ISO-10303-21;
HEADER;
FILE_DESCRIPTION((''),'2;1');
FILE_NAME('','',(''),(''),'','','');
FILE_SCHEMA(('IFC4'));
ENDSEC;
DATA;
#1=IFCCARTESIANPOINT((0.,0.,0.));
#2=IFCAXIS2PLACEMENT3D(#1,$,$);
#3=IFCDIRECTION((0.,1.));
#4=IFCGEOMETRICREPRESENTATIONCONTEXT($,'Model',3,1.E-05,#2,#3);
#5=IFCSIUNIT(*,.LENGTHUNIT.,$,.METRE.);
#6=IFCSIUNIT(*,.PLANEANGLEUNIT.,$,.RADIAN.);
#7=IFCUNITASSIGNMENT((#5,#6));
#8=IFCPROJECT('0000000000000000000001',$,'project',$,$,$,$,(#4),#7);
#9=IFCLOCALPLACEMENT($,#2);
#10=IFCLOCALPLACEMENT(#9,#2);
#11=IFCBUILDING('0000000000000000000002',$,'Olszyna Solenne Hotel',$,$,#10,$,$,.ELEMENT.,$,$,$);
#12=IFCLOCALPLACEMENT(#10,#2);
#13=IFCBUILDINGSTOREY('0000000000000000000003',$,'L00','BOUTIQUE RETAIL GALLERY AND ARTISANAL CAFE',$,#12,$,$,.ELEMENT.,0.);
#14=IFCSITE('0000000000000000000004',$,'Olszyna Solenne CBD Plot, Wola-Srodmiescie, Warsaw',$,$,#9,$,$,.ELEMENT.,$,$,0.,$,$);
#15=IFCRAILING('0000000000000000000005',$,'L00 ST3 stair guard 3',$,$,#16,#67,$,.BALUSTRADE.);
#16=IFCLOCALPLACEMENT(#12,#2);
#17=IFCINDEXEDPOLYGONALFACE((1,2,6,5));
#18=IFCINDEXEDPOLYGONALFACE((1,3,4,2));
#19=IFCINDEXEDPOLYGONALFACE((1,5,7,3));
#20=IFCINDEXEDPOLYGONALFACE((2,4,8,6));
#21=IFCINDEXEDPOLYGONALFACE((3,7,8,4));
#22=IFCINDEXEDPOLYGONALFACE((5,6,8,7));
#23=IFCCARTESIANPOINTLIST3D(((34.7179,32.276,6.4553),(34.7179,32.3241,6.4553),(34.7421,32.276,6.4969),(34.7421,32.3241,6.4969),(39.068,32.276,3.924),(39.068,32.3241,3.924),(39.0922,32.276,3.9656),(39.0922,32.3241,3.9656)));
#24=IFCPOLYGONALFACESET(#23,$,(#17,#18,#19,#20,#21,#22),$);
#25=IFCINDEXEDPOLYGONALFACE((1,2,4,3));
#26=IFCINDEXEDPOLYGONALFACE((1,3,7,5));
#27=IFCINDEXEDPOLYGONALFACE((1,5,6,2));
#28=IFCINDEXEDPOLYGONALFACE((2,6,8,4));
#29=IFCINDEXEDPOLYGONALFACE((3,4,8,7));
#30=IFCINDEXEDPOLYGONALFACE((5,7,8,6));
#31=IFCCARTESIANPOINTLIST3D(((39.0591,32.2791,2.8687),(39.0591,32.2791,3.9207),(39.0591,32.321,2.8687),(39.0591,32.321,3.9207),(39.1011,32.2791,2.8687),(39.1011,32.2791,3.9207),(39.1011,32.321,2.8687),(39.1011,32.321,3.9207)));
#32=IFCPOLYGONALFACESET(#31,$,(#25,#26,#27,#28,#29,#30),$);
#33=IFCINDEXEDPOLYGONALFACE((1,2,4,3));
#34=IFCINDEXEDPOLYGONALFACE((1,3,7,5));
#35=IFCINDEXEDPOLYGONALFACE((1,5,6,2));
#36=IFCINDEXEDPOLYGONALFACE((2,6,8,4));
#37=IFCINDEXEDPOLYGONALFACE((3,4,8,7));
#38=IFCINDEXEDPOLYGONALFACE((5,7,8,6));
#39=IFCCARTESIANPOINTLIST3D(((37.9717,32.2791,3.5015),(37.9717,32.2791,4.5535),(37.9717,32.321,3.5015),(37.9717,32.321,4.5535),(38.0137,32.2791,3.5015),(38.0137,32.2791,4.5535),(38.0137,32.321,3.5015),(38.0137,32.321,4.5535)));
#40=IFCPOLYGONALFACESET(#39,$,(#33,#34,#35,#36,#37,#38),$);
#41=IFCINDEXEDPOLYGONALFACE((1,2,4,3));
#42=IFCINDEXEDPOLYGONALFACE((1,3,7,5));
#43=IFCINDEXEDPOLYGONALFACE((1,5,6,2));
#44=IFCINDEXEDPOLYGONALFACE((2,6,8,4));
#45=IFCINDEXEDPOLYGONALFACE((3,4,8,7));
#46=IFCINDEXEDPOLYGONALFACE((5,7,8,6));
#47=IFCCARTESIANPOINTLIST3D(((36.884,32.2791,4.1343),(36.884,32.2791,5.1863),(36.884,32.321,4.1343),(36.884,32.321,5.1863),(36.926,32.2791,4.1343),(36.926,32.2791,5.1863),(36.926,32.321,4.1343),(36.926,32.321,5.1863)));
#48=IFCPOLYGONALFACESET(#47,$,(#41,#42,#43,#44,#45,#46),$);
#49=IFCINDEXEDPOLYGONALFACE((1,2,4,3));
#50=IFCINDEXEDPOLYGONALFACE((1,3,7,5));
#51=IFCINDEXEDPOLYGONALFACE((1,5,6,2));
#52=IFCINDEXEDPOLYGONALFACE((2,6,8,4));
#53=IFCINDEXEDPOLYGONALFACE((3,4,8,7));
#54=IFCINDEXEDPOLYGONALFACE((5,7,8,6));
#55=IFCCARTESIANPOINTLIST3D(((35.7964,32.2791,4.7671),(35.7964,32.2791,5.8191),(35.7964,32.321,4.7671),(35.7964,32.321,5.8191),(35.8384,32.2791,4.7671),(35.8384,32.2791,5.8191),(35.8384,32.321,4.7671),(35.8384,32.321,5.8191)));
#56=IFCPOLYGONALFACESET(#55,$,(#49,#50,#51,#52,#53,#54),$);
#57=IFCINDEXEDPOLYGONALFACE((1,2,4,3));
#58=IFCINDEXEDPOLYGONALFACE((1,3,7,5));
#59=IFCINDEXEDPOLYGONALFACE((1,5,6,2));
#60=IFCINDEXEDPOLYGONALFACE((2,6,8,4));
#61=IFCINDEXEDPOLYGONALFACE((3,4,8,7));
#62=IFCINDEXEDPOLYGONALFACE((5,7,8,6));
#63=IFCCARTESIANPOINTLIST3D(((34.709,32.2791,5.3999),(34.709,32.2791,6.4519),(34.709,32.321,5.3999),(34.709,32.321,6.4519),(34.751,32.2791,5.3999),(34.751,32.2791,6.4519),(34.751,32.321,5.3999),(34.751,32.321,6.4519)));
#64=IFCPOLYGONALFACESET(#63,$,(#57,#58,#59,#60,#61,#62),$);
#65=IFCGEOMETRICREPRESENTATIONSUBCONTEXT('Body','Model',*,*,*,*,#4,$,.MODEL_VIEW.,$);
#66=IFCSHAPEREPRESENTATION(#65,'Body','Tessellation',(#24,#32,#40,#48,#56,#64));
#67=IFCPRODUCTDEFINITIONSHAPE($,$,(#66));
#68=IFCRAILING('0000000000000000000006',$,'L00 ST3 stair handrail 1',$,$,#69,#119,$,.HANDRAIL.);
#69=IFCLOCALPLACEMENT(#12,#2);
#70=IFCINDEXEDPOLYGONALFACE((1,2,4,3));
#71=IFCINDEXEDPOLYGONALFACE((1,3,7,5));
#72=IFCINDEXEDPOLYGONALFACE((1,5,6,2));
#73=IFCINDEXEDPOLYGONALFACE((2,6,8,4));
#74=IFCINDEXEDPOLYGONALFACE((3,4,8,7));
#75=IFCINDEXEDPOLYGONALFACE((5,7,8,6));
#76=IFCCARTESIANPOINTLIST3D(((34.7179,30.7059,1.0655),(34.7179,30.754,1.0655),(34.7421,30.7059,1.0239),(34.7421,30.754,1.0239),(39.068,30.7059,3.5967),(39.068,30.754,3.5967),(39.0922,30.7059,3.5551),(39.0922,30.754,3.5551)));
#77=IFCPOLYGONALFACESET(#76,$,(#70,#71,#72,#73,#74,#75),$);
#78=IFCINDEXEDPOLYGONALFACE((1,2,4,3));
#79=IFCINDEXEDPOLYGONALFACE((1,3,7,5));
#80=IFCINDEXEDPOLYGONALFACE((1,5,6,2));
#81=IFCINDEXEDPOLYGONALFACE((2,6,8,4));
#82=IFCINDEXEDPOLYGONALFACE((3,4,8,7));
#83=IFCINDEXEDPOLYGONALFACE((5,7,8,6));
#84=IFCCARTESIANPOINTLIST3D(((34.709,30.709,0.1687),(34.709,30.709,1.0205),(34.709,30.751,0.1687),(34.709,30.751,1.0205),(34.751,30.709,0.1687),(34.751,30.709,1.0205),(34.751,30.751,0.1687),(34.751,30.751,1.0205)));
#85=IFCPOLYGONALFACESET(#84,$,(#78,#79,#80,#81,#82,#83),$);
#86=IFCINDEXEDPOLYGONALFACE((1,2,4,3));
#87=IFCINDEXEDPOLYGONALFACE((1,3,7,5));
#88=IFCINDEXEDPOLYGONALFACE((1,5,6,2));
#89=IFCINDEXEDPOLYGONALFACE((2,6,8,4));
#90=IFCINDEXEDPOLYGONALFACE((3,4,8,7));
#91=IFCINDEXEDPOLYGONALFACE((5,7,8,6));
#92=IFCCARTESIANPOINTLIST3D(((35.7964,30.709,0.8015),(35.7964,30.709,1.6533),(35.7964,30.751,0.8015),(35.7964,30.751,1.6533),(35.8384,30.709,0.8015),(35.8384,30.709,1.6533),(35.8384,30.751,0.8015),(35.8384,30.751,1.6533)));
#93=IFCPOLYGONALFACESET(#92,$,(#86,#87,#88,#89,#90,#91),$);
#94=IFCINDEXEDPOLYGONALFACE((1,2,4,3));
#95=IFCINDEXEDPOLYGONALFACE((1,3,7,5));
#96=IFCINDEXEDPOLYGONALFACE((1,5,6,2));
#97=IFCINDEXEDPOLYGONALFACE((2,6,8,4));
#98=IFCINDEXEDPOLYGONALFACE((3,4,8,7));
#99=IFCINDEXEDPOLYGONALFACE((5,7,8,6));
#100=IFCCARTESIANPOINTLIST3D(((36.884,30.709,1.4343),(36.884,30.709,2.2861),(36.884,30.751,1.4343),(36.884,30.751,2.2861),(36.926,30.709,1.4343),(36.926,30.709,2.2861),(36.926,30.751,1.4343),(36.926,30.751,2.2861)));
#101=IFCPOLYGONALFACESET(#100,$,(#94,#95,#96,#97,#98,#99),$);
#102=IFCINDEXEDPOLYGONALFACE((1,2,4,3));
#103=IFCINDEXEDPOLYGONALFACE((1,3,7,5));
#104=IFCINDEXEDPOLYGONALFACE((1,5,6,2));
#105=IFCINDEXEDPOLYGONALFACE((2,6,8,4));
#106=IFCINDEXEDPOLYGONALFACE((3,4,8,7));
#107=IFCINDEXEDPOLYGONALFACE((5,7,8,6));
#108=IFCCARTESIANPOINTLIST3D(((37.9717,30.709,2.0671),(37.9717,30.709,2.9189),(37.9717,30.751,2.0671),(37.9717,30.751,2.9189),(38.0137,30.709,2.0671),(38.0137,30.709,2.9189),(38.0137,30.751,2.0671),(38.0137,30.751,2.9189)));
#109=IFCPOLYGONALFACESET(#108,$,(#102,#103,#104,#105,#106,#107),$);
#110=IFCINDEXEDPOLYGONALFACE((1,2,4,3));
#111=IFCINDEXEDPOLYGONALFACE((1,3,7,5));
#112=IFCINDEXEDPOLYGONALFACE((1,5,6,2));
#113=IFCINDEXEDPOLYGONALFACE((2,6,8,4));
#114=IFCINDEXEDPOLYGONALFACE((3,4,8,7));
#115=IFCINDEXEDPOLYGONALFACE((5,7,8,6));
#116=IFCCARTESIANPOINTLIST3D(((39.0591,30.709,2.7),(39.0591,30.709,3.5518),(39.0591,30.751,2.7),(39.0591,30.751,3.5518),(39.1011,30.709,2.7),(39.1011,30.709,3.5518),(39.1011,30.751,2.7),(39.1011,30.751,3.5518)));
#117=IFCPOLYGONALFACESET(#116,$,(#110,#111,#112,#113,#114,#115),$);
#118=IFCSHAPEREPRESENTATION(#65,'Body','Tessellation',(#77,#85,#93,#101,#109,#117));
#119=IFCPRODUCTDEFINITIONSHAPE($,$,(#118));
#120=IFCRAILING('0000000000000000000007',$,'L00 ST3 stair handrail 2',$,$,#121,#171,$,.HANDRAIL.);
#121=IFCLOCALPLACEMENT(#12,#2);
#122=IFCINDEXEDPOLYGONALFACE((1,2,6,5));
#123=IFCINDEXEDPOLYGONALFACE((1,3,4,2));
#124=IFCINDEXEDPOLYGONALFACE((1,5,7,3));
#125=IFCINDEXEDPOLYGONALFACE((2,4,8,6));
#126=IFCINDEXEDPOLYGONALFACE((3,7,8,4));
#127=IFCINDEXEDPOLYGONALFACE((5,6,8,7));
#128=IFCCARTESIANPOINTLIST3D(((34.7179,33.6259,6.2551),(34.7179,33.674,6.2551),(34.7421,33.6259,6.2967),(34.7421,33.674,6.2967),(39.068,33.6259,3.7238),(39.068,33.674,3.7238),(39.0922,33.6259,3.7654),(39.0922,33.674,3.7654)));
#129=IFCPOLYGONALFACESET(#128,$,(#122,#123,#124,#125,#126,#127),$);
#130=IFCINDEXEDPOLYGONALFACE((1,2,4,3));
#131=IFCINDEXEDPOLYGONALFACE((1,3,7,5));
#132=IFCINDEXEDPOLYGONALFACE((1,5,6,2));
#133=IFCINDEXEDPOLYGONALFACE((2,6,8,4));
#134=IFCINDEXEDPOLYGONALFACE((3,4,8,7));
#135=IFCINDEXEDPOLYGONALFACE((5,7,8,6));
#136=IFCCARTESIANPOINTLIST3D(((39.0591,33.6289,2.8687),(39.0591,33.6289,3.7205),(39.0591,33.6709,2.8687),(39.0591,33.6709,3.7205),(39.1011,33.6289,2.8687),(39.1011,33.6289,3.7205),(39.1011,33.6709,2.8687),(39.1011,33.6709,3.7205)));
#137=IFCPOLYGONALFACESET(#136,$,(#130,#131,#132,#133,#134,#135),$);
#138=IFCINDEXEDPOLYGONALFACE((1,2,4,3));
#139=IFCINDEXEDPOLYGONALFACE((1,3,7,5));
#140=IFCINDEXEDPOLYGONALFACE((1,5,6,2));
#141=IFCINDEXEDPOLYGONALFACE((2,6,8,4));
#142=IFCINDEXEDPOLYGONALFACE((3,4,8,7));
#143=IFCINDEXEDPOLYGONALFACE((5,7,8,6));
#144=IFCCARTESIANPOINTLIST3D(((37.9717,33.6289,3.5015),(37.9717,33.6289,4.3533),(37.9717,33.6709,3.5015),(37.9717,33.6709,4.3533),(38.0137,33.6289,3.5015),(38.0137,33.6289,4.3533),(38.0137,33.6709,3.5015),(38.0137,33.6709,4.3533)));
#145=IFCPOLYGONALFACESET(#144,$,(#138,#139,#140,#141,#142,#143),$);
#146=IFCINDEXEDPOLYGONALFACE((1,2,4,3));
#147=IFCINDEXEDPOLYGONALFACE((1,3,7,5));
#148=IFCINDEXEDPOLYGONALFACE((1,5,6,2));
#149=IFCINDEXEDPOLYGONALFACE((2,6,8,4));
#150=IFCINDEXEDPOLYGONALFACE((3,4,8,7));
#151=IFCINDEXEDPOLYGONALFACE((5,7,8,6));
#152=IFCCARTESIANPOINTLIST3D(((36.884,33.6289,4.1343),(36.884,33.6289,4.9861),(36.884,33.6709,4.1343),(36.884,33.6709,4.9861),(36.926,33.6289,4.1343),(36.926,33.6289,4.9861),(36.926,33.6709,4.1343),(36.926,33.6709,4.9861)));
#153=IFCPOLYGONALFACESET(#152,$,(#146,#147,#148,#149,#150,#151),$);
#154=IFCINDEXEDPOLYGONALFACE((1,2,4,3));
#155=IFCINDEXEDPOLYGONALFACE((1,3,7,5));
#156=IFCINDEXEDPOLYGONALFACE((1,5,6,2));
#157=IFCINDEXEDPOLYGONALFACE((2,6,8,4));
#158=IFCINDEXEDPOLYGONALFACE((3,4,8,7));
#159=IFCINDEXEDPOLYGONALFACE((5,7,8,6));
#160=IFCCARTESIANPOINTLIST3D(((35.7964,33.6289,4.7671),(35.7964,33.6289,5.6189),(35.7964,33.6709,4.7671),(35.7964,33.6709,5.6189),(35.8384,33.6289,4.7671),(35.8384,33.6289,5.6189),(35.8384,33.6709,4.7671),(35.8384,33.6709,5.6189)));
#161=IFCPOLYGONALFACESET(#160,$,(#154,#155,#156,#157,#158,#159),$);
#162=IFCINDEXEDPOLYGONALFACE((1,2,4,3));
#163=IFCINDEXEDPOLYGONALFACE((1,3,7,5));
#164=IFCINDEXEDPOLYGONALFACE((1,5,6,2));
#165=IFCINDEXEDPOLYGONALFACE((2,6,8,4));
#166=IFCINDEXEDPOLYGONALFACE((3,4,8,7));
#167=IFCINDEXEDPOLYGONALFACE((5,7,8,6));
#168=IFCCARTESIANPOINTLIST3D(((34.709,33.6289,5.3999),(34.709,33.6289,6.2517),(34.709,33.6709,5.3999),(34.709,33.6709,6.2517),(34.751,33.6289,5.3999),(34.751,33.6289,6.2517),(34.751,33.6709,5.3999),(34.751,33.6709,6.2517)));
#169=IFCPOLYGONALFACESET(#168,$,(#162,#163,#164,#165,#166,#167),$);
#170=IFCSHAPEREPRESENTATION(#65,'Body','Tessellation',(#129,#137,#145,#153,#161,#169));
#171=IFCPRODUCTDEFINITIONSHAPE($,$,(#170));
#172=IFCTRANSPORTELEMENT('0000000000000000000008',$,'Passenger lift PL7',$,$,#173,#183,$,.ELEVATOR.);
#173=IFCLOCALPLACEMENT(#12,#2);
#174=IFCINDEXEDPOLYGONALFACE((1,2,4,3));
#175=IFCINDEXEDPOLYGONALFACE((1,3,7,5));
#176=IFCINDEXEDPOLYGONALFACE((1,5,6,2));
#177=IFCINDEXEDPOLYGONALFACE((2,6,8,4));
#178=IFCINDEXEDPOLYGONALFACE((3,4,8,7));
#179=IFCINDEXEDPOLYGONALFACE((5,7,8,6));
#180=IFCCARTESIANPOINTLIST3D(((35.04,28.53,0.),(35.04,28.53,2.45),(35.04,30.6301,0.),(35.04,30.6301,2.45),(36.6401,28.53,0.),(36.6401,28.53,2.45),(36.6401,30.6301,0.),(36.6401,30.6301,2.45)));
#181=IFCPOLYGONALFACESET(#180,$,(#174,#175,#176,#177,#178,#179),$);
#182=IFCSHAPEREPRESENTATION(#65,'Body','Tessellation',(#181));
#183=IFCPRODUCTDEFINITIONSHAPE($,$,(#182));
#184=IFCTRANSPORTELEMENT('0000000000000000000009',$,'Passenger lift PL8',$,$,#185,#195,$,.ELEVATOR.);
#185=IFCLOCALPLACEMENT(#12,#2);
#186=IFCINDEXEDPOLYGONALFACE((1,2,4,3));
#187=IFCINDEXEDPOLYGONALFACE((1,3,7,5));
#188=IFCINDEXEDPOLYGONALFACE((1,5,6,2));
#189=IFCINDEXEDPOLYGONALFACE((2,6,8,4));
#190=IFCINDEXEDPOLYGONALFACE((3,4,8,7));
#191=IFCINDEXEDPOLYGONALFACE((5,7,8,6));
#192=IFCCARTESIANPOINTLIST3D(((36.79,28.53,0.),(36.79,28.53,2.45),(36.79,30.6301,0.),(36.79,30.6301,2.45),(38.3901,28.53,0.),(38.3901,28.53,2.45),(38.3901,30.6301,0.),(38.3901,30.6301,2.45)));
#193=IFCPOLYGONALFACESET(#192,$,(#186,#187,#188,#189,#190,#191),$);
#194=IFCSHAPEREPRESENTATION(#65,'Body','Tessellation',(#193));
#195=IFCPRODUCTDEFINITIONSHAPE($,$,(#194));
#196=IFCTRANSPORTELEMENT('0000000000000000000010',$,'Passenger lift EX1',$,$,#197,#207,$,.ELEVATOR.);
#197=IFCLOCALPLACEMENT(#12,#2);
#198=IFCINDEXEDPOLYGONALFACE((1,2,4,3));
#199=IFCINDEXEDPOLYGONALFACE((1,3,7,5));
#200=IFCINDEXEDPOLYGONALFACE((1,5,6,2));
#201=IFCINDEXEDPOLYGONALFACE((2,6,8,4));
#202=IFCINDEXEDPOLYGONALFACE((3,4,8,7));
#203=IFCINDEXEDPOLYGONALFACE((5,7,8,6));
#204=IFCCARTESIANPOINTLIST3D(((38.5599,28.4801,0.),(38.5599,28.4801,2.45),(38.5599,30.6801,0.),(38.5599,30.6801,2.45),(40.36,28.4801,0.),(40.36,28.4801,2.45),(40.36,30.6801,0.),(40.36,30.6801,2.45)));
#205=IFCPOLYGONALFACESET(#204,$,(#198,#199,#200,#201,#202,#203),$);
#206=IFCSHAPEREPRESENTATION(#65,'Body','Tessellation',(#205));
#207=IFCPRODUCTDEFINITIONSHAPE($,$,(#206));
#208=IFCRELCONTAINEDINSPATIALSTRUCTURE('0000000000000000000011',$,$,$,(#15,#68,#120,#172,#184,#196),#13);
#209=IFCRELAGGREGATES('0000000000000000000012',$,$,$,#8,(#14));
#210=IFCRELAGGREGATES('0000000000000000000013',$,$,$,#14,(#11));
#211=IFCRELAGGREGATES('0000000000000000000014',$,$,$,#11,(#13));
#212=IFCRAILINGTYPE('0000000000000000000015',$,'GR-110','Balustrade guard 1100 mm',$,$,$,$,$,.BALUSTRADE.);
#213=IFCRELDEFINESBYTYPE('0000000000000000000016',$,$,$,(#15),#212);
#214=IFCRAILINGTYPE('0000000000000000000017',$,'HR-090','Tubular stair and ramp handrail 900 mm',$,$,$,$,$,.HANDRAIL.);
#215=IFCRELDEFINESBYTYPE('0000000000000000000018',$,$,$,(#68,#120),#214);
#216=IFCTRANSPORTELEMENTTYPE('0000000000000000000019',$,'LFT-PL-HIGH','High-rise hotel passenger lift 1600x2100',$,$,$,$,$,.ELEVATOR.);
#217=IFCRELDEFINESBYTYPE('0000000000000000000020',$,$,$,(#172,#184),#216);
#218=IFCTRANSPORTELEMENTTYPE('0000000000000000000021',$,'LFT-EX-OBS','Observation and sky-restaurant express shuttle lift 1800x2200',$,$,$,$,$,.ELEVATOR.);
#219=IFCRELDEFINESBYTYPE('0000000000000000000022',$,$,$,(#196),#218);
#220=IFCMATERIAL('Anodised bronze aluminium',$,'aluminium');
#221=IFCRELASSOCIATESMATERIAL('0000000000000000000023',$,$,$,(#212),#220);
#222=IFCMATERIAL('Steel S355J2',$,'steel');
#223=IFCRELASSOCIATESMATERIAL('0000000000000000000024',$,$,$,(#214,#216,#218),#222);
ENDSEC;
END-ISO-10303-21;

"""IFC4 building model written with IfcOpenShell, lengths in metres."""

from ifc_helpers import new_model, si_unit, direction, frame, origin, origin_2d, place, context, subcontext, project, spatial, rectangle, extrude, source, transform, mapped, material, type_object, element, save


model = new_model("IFC4")

# Units and contexts
model_context = context("Model", 3, precision=1e-05, world=origin(), true_north=direction((0.0, 1.0)))
body_context = subcontext(model_context, "Body", "Model", "MODEL_VIEW")
ifc_project = project(units=[si_unit("LENGTHUNIT", "METRE"), si_unit("PLANEANGLEUNIT", "RADIAN")], contexts=[model_context])

# Site, building, storey
site_placement = place(None, origin())
site = spatial("IfcSite", under=ifc_project, at=site_placement, Name="Olszyna Solenne CBD Plot, Wola-Srodmiescie, Warsaw", CompositionType="ELEMENT", RefElevation=0.0)
building_placement = place(site_placement, origin())
building = spatial("IfcBuilding", under=site, at=building_placement, Name="Olszyna Solenne Hotel", CompositionType="ELEMENT")
storey_placement = place(building_placement, origin())
storey = spatial("IfcBuildingStorey", under=building, at=storey_placement, Name="L00", Description="BOUTIQUE RETAIL GALLERY AND ARTISANAL CAFE", CompositionType="ELEMENT", Elevation=0.0)

# Shared definitions
ifc_material_1 = material(Name="Steel S355J2", Category="steel")

# Shared definitions
ifc_material_2 = material(Name="Anodised bronze aluminium", Category="aluminium")

# Railings
railing_type_1 = type_object("IfcRailingType", Name="GR-110", Description="Balustrade guard 1100 mm", PredefinedType="BALUSTRADE", material=ifc_material_2)
railing_1_placement = place(storey_placement, frame((39.0801, 32.3, 2.8687)))
element("IfcRailing", 1, at=railing_1_placement, inside=storey, type_object=railing_type_1, Name="L00 ST3 stair guard 3", PredefinedType="BALUSTRADE", context=body_context, shape_type="SweptSolid", body=[
    extrude(rectangle(XDim=0.0481, YDim=0.0481, at=origin_2d()), frame((0.0, 0.0, 1.0762), z_axis=(-0.864324, 0.0, 0.502936), x_axis=(0.0, -1.0, 0.0)), (0.0, 0.0, 1.0), 5.033),
    extrude(rectangle(XDim=0.042, YDim=0.042, at=origin_2d()), origin(), (0.0, 0.0, 1.0), 1.052),
    extrude(rectangle(XDim=0.042, YDim=0.042, at=origin_2d()), frame((-1.0874, 0.0, 0.6328)), (0.0, 0.0, 1.0), 1.052),
    extrude(rectangle(XDim=0.042, YDim=0.042, at=origin_2d()), frame((-2.175, 0.0, 1.2656)), (0.0, 0.0, 1.0), 1.052),
    extrude(rectangle(XDim=0.042, YDim=0.042, at=origin_2d()), frame((-3.2627, 0.0, 1.8984)), (0.0, 0.0, 1.0), 1.052),
    extrude(rectangle(XDim=0.042, YDim=0.042, at=origin_2d()), frame((-4.3501, 0.0, 2.5312)), (0.0, 0.0, 1.0), 1.052),
])
railing_type_2 = type_object("IfcRailingType", Name="HR-090", Description="Tubular stair and ramp handrail 900 mm", PredefinedType="HANDRAIL", material=ifc_material_1)
railing_2_placement = place(storey_placement, frame((34.73, 30.73, 0.1687)))
element("IfcRailing", 2, at=railing_2_placement, inside=storey, type_object=railing_type_2, Name="L00 ST3 stair handrail 1", PredefinedType="HANDRAIL", context=body_context, shape_type="SweptSolid", body=[
    extrude(rectangle(XDim=0.0481, YDim=0.0481, at=origin_2d()), frame((0.0, 0.0, 0.876), z_axis=(0.864324, 0.0, 0.502936), x_axis=(0.0, 1.0, 0.0)), (0.0, 0.0, 1.0), 5.033),
    extrude(rectangle(XDim=0.042, YDim=0.042, at=origin_2d()), origin(), (0.0, 0.0, 1.0), 0.8518),
    extrude(rectangle(XDim=0.042, YDim=0.042, at=origin_2d()), frame((1.0874, 0.0, 0.6328)), (0.0, 0.0, 1.0), 0.8518),
    extrude(rectangle(XDim=0.042, YDim=0.042, at=origin_2d()), frame((2.175, 0.0, 1.2656)), (0.0, 0.0, 1.0), 0.8518),
    extrude(rectangle(XDim=0.042, YDim=0.042, at=origin_2d()), frame((3.2627, 0.0, 1.8984)), (0.0, 0.0, 1.0), 0.8518),
    extrude(rectangle(XDim=0.042, YDim=0.042, at=origin_2d()), frame((4.3501, 0.0, 2.5312)), (0.0, 0.0, 1.0), 0.8518),
])
railing_3_placement = place(storey_placement, frame((39.0801, 33.6499, 2.8687)))
element("IfcRailing", 3, at=railing_3_placement, inside=storey, type_object=railing_type_2, Name="L00 ST3 stair handrail 2", PredefinedType="HANDRAIL", context=body_context, shape_type="SweptSolid", body=[
    extrude(rectangle(XDim=0.0481, YDim=0.0481, at=origin_2d()), frame((0.0, 0.0, 0.876), z_axis=(-0.864324, 0.0, 0.502936), x_axis=(0.0, -1.0, 0.0)), (0.0, 0.0, 1.0), 5.033),
    extrude(rectangle(XDim=0.042, YDim=0.042, at=origin_2d()), origin(), (0.0, 0.0, 1.0), 0.8518),
    extrude(rectangle(XDim=0.042, YDim=0.042, at=origin_2d()), frame((-1.0874, 0.0, 0.6328)), (0.0, 0.0, 1.0), 0.8518),
    extrude(rectangle(XDim=0.042, YDim=0.042, at=origin_2d()), frame((-2.175, 0.0, 1.2656)), (0.0, 0.0, 1.0), 0.8518),
    extrude(rectangle(XDim=0.042, YDim=0.042, at=origin_2d()), frame((-3.2627, 0.0, 1.8984)), (0.0, 0.0, 1.0), 0.8518),
    extrude(rectangle(XDim=0.042, YDim=0.042, at=origin_2d()), frame((-4.3501, 0.0, 2.5312)), (0.0, 0.0, 1.0), 0.8518),
])

# Transport elements
transport_element_type_1 = type_object("IfcTransportElementType", Name="LFT-PL-HIGH", Description="High-rise hotel passenger lift 1600x2100", PredefinedType="ELEVATOR", material=ifc_material_1)
shared_shape_1 = source(origin(), body_context, "Body", "SweptSolid", [
    extrude(rectangle(XDim=1.6001, YDim=2.1001, at=origin_2d()), origin(), (0.0, 0.0, 1.0), 2.45),
])
for number, where, z_axis, x_axis, name in (
    (4, (35.8401, 29.5801, 0.0), (0.0, 0.0, 1.0), (1.0, 0.0, 0.0), "Passenger lift PL7"),
    (5, (37.5901, 29.5801, 0.0), (0.0, 0.0, 1.0), (1.0, 0.0, 0.0), "Passenger lift PL8"),
):
    element("IfcTransportElement", number, at=place(storey_placement, frame(where, z_axis=z_axis, x_axis=x_axis)), inside=storey, type_object=transport_element_type_1, Name=name, PredefinedType="ELEVATOR", context=body_context, shape_type="MappedRepresentation", body=[
        mapped(shared_shape_1, transform((0.0, 0.0, 0.0), x_axis=(1.0, 0.0, 0.0), y_axis=(0.0, 1.0, 0.0), z_axis=(0.0, 0.0, 1.0), scale=1.0)),
    ])
transport_element_type_2 = type_object("IfcTransportElementType", Name="LFT-EX-OBS", Description="Observation and sky-restaurant express shuttle lift 1800x2200", PredefinedType="ELEVATOR", material=ifc_material_1)
shared_shape_2 = source(origin(), body_context, "Body", "SweptSolid", [
    extrude(rectangle(XDim=1.8, YDim=2.2, at=origin_2d()), origin(), (0.0, 0.0, 1.0), 2.45),
])
transport_element_placement = place(storey_placement, frame((39.46, 29.5801, 0.0), z_axis=(0.0, 0.0, 1.0), x_axis=(1.0, 0.0, 0.0)))
element("IfcTransportElement", 6, at=transport_element_placement, inside=storey, type_object=transport_element_type_2, Name="Passenger lift EX1", PredefinedType="ELEVATOR", context=body_context, shape_type="MappedRepresentation", body=[
    mapped(shared_shape_2, transform((0.0, 0.0, 0.0), x_axis=(1.0, 0.0, 0.0), y_axis=(0.0, 1.0, 0.0), z_axis=(0.0, 0.0, 1.0), scale=1.0)),
])

save(model, "model.ifc")
